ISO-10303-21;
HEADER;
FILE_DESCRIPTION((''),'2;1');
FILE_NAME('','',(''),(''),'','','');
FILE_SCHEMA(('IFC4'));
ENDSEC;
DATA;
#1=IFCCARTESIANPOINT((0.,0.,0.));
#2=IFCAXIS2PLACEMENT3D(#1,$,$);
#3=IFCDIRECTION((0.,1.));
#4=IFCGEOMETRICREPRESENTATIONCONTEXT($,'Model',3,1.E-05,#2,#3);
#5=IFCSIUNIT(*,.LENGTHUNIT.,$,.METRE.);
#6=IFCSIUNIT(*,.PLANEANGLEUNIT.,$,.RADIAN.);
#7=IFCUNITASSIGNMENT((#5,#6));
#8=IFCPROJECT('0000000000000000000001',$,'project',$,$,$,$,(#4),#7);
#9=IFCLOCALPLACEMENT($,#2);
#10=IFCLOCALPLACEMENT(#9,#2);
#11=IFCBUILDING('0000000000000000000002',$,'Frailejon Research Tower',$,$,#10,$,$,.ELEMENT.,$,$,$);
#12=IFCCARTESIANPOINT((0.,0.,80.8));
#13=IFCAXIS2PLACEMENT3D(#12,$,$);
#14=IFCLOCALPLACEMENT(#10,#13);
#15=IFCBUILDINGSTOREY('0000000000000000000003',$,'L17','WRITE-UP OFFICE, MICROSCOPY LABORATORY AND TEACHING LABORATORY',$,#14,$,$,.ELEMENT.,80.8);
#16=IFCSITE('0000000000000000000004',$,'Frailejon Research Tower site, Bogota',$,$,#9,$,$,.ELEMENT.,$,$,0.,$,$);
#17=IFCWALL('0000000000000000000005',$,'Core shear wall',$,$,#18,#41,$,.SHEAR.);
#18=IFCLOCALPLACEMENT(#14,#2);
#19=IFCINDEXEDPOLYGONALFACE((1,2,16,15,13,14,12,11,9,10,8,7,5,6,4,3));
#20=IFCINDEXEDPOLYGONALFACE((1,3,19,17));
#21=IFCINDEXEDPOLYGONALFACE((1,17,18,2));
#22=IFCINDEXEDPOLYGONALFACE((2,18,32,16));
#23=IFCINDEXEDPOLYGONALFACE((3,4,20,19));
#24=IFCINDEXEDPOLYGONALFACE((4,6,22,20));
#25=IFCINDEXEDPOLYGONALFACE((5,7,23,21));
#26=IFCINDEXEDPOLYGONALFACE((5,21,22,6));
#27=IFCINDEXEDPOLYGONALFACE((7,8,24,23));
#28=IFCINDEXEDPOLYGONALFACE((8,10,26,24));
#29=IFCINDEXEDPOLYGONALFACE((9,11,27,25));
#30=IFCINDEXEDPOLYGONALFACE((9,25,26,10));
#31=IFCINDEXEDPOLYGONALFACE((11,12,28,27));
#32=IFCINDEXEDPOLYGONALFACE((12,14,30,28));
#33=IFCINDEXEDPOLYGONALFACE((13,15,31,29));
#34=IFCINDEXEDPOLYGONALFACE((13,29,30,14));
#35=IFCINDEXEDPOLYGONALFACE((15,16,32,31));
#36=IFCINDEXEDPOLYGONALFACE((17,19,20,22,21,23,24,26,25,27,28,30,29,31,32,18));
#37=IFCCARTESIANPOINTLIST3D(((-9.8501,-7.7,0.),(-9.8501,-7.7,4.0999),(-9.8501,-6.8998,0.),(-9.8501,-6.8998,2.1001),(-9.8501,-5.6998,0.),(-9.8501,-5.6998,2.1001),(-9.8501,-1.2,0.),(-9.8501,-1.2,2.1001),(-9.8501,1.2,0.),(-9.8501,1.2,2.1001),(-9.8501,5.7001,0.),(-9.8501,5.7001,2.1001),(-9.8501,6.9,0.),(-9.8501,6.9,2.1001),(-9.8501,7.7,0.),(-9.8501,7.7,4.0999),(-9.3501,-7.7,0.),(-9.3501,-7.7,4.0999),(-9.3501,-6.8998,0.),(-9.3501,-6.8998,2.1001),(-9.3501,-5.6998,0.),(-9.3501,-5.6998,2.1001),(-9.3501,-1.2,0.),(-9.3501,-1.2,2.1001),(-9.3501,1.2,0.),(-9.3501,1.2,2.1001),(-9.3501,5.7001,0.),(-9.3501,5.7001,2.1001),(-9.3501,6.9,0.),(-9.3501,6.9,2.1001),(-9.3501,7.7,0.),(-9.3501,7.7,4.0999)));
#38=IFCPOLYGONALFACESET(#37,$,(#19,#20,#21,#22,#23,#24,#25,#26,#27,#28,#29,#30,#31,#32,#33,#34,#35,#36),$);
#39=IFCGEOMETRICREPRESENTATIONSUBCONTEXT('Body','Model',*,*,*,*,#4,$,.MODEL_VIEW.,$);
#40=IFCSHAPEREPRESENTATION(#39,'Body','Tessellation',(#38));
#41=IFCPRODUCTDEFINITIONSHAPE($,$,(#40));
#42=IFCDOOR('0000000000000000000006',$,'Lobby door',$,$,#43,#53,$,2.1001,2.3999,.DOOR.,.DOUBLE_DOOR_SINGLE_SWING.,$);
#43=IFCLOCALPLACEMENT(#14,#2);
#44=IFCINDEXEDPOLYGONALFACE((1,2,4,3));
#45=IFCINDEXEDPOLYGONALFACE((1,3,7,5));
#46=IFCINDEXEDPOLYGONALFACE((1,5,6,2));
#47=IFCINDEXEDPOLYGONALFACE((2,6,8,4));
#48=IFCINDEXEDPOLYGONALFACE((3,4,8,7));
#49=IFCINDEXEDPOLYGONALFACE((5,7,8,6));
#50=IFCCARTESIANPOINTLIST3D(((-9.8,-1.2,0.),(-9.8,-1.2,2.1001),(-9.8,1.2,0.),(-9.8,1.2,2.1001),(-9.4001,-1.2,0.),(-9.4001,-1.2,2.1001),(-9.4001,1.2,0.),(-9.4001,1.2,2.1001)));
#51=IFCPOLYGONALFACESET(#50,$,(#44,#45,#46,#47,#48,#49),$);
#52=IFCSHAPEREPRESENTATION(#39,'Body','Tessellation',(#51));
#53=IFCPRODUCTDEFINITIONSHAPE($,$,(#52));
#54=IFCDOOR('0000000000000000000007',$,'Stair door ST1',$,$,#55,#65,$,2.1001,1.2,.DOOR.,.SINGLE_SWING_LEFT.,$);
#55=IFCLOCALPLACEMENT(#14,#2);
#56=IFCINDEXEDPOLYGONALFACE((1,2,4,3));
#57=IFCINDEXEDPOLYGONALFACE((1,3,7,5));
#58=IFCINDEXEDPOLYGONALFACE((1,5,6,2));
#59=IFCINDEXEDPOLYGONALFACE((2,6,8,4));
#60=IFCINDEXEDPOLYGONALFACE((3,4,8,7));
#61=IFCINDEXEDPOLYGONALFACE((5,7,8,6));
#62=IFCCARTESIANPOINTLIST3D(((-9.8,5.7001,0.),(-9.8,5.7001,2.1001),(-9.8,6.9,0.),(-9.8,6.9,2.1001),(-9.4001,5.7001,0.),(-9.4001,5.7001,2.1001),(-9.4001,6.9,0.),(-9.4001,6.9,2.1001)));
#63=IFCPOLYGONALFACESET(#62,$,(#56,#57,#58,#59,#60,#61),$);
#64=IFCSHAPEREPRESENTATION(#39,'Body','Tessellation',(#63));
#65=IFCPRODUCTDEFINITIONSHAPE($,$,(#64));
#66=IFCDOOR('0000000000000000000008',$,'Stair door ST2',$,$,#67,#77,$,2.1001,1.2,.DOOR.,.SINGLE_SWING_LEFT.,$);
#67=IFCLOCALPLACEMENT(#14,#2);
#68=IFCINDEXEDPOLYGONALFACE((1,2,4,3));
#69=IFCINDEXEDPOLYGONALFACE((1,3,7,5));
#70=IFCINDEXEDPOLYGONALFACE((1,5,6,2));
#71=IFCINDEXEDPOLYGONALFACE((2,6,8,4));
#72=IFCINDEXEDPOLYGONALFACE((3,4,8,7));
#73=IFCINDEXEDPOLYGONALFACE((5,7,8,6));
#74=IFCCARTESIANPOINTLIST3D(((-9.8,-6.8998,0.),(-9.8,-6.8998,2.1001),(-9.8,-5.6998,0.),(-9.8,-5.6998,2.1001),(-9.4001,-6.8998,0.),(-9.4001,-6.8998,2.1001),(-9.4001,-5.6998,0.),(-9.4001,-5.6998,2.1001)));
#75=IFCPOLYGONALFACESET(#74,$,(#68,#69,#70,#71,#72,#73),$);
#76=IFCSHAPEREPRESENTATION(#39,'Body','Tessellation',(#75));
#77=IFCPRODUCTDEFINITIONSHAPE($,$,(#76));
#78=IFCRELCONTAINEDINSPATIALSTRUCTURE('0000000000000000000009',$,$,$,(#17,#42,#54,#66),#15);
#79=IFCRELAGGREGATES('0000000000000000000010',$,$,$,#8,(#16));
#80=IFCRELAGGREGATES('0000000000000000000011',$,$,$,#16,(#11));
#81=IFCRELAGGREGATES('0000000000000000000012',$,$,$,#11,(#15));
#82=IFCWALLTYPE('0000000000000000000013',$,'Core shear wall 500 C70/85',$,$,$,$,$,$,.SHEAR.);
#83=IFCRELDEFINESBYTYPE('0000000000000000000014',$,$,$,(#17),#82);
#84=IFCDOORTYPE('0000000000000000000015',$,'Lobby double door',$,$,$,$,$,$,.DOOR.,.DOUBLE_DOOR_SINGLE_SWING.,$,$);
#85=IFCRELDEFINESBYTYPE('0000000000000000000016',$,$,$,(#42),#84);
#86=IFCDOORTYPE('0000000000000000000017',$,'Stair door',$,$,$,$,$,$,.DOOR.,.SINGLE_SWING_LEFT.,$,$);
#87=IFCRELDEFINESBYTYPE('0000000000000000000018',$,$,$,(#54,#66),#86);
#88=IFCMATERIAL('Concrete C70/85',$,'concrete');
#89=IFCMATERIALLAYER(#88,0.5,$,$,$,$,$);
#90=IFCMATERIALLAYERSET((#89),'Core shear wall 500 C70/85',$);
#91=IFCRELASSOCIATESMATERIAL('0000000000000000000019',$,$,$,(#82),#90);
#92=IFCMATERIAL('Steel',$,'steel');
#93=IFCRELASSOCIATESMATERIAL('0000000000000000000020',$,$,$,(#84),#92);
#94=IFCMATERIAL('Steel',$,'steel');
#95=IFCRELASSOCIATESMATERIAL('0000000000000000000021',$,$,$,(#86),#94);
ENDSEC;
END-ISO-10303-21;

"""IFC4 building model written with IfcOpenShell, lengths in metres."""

from ifc_helpers import new_model, si_unit, direction, frame, frame_2d, origin, place, context, subcontext, project, spatial, rectangle, extrude, material, layer, layer_set, type_object, element, fill, save


model = new_model("IFC4")

# Units and contexts
model_context = context("Model", 3, precision=1e-05, world=origin(), true_north=direction((0.0, 1.0)))
body_context = subcontext(model_context, "Body", "Model", "MODEL_VIEW")
ifc_project = project(units=[si_unit("LENGTHUNIT", "METRE"), si_unit("PLANEANGLEUNIT", "RADIAN")], contexts=[model_context])

# Site, building, storey
site_placement = place(None, origin())
site = spatial("IfcSite", under=ifc_project, at=site_placement, Name="Frailejon Research Tower site, Bogota", CompositionType="ELEMENT", RefElevation=0.0)
building_placement = place(site_placement, origin())
building = spatial("IfcBuilding", under=site, at=building_placement, Name="Frailejon Research Tower", CompositionType="ELEMENT")
storey_placement = place(building_placement, frame((0.0, 0.0, 80.8)))
storey = spatial("IfcBuildingStorey", under=building, at=storey_placement, Name="L17", Description="WRITE-UP OFFICE, MICROSCOPY LABORATORY AND TEACHING LABORATORY", CompositionType="ELEMENT", Elevation=80.8)

# Wall, openings, doors
ifc_material_1 = material(Name="Concrete C70/85", Category="concrete")
ifc_layer_1 = layer(ifc_material_1, 0.5)
ifc_layer_set_1 = layer_set([ifc_layer_1], Name="Core shear wall 500 C70/85")
wall_type_1 = type_object("IfcWallType", Name="Core shear wall 500 C70/85", PredefinedType="SHEAR", material=ifc_layer_set_1)
wall_1_placement = place(storey_placement, frame((-9.6001, -7.7, 0.0), z_axis=(0.0, 0.0, 1.0), x_axis=(0.0, 1.0, 0.0)))
wall_1 = element("IfcWall", 1, at=wall_1_placement, inside=storey, type_object=wall_type_1, Name="Core shear wall", PredefinedType="SHEAR", context=body_context, shape_type="SweptSolid", body=[
    extrude(rectangle(XDim=15.3999, YDim=0.5, at=frame_2d((7.7, 0.0))), origin(), (0.0, 0.0, 1.0), 4.0999),
])
opening_1_placement = place(wall_1_placement, frame((6.5, 0.0, 0.0)))
opening_1 = element("IfcOpeningElement", 2, at=opening_1_placement, cuts=wall_1, PredefinedType="OPENING", context=body_context, shape_type="SweptSolid", body=[
    extrude(rectangle(XDim=2.3999, YDim=2.1001, at=frame_2d((1.2, 1.05))), frame((0.0, 0.26, 0.0), z_axis=(0.0, -1.0, 0.0), x_axis=(1.0, 0.0, 0.0)), (0.0, 0.0, 1.0), 0.52),
])
opening_2_placement = place(wall_1_placement, frame((13.3999, 0.0, 0.0)))
opening_2 = element("IfcOpeningElement", 3, at=opening_2_placement, cuts=wall_1, PredefinedType="OPENING", context=body_context, shape_type="SweptSolid", body=[
    extrude(rectangle(XDim=1.2, YDim=2.1001, at=frame_2d((0.6001, 1.05))), frame((0.0, 0.26, 0.0), z_axis=(0.0, -1.0, 0.0), x_axis=(1.0, 0.0, 0.0)), (0.0, 0.0, 1.0), 0.52),
])
opening_3_placement = place(wall_1_placement, frame((0.8, 0.0, 0.0)))
opening_3 = element("IfcOpeningElement", 4, at=opening_3_placement, cuts=wall_1, PredefinedType="OPENING", context=body_context, shape_type="SweptSolid", body=[
    extrude(rectangle(XDim=1.2, YDim=2.1001, at=frame_2d((0.6001, 1.05))), frame((0.0, 0.26, 0.0), z_axis=(0.0, -1.0, 0.0), x_axis=(1.0, 0.0, 0.0)), (0.0, 0.0, 1.0), 0.52),
])
ifc_material_2 = material(Name="Steel", Category="steel")
door_type_1 = type_object("IfcDoorType", Name="Lobby double door", OperationType="DOUBLE_DOOR_SINGLE_SWING", PredefinedType="DOOR", material=ifc_material_2)
door_1_placement = place(opening_1_placement, origin())
door_1 = element("IfcDoor", 5, at=door_1_placement, inside=storey, type_object=door_type_1, Name="Lobby door", OperationType="DOUBLE_DOOR_SINGLE_SWING", OverallHeight=2.1001, OverallWidth=2.3999, PredefinedType="DOOR", context=body_context, shape_type="SweptSolid", body=[
    extrude(rectangle(XDim=2.3999, YDim=2.1001, at=frame_2d((1.2, 1.05))), frame((0.0, 0.2, 0.0), z_axis=(0.0, -1.0, 0.0), x_axis=(1.0, 0.0, 0.0)), (0.0, 0.0, 1.0), 0.3999),
])
fill(opening_1, door_1)
ifc_material_3 = material(Name="Steel", Category="steel")
door_type_2 = type_object("IfcDoorType", Name="Stair door", OperationType="SINGLE_SWING_LEFT", PredefinedType="DOOR", material=ifc_material_3)
door_2_placement = place(opening_2_placement, origin())
door_2 = element("IfcDoor", 6, at=door_2_placement, inside=storey, type_object=door_type_2, Name="Stair door ST1", OperationType="SINGLE_SWING_LEFT", OverallHeight=2.1001, OverallWidth=1.2, PredefinedType="DOOR", context=body_context, shape_type="SweptSolid", body=[
    extrude(rectangle(XDim=1.2, YDim=2.1001, at=frame_2d((0.6001, 1.05))), frame((0.0, 0.2, 0.0), z_axis=(0.0, -1.0, 0.0), x_axis=(1.0, 0.0, 0.0)), (0.0, 0.0, 1.0), 0.3999),
])
fill(opening_2, door_2)
door_3_placement = place(opening_3_placement, origin())
door_3 = element("IfcDoor", 7, at=door_3_placement, inside=storey, type_object=door_type_2, Name="Stair door ST2", OperationType="SINGLE_SWING_LEFT", OverallHeight=2.1001, OverallWidth=1.2, PredefinedType="DOOR", context=body_context, shape_type="SweptSolid", body=[
    extrude(rectangle(XDim=1.2, YDim=2.1001, at=frame_2d((0.6001, 1.05))), frame((0.0, 0.2, 0.0), z_axis=(0.0, -1.0, 0.0), x_axis=(1.0, 0.0, 0.0)), (0.0, 0.0, 1.0), 0.3999),
])
fill(opening_3, door_3)

save(model, "model.ifc")
